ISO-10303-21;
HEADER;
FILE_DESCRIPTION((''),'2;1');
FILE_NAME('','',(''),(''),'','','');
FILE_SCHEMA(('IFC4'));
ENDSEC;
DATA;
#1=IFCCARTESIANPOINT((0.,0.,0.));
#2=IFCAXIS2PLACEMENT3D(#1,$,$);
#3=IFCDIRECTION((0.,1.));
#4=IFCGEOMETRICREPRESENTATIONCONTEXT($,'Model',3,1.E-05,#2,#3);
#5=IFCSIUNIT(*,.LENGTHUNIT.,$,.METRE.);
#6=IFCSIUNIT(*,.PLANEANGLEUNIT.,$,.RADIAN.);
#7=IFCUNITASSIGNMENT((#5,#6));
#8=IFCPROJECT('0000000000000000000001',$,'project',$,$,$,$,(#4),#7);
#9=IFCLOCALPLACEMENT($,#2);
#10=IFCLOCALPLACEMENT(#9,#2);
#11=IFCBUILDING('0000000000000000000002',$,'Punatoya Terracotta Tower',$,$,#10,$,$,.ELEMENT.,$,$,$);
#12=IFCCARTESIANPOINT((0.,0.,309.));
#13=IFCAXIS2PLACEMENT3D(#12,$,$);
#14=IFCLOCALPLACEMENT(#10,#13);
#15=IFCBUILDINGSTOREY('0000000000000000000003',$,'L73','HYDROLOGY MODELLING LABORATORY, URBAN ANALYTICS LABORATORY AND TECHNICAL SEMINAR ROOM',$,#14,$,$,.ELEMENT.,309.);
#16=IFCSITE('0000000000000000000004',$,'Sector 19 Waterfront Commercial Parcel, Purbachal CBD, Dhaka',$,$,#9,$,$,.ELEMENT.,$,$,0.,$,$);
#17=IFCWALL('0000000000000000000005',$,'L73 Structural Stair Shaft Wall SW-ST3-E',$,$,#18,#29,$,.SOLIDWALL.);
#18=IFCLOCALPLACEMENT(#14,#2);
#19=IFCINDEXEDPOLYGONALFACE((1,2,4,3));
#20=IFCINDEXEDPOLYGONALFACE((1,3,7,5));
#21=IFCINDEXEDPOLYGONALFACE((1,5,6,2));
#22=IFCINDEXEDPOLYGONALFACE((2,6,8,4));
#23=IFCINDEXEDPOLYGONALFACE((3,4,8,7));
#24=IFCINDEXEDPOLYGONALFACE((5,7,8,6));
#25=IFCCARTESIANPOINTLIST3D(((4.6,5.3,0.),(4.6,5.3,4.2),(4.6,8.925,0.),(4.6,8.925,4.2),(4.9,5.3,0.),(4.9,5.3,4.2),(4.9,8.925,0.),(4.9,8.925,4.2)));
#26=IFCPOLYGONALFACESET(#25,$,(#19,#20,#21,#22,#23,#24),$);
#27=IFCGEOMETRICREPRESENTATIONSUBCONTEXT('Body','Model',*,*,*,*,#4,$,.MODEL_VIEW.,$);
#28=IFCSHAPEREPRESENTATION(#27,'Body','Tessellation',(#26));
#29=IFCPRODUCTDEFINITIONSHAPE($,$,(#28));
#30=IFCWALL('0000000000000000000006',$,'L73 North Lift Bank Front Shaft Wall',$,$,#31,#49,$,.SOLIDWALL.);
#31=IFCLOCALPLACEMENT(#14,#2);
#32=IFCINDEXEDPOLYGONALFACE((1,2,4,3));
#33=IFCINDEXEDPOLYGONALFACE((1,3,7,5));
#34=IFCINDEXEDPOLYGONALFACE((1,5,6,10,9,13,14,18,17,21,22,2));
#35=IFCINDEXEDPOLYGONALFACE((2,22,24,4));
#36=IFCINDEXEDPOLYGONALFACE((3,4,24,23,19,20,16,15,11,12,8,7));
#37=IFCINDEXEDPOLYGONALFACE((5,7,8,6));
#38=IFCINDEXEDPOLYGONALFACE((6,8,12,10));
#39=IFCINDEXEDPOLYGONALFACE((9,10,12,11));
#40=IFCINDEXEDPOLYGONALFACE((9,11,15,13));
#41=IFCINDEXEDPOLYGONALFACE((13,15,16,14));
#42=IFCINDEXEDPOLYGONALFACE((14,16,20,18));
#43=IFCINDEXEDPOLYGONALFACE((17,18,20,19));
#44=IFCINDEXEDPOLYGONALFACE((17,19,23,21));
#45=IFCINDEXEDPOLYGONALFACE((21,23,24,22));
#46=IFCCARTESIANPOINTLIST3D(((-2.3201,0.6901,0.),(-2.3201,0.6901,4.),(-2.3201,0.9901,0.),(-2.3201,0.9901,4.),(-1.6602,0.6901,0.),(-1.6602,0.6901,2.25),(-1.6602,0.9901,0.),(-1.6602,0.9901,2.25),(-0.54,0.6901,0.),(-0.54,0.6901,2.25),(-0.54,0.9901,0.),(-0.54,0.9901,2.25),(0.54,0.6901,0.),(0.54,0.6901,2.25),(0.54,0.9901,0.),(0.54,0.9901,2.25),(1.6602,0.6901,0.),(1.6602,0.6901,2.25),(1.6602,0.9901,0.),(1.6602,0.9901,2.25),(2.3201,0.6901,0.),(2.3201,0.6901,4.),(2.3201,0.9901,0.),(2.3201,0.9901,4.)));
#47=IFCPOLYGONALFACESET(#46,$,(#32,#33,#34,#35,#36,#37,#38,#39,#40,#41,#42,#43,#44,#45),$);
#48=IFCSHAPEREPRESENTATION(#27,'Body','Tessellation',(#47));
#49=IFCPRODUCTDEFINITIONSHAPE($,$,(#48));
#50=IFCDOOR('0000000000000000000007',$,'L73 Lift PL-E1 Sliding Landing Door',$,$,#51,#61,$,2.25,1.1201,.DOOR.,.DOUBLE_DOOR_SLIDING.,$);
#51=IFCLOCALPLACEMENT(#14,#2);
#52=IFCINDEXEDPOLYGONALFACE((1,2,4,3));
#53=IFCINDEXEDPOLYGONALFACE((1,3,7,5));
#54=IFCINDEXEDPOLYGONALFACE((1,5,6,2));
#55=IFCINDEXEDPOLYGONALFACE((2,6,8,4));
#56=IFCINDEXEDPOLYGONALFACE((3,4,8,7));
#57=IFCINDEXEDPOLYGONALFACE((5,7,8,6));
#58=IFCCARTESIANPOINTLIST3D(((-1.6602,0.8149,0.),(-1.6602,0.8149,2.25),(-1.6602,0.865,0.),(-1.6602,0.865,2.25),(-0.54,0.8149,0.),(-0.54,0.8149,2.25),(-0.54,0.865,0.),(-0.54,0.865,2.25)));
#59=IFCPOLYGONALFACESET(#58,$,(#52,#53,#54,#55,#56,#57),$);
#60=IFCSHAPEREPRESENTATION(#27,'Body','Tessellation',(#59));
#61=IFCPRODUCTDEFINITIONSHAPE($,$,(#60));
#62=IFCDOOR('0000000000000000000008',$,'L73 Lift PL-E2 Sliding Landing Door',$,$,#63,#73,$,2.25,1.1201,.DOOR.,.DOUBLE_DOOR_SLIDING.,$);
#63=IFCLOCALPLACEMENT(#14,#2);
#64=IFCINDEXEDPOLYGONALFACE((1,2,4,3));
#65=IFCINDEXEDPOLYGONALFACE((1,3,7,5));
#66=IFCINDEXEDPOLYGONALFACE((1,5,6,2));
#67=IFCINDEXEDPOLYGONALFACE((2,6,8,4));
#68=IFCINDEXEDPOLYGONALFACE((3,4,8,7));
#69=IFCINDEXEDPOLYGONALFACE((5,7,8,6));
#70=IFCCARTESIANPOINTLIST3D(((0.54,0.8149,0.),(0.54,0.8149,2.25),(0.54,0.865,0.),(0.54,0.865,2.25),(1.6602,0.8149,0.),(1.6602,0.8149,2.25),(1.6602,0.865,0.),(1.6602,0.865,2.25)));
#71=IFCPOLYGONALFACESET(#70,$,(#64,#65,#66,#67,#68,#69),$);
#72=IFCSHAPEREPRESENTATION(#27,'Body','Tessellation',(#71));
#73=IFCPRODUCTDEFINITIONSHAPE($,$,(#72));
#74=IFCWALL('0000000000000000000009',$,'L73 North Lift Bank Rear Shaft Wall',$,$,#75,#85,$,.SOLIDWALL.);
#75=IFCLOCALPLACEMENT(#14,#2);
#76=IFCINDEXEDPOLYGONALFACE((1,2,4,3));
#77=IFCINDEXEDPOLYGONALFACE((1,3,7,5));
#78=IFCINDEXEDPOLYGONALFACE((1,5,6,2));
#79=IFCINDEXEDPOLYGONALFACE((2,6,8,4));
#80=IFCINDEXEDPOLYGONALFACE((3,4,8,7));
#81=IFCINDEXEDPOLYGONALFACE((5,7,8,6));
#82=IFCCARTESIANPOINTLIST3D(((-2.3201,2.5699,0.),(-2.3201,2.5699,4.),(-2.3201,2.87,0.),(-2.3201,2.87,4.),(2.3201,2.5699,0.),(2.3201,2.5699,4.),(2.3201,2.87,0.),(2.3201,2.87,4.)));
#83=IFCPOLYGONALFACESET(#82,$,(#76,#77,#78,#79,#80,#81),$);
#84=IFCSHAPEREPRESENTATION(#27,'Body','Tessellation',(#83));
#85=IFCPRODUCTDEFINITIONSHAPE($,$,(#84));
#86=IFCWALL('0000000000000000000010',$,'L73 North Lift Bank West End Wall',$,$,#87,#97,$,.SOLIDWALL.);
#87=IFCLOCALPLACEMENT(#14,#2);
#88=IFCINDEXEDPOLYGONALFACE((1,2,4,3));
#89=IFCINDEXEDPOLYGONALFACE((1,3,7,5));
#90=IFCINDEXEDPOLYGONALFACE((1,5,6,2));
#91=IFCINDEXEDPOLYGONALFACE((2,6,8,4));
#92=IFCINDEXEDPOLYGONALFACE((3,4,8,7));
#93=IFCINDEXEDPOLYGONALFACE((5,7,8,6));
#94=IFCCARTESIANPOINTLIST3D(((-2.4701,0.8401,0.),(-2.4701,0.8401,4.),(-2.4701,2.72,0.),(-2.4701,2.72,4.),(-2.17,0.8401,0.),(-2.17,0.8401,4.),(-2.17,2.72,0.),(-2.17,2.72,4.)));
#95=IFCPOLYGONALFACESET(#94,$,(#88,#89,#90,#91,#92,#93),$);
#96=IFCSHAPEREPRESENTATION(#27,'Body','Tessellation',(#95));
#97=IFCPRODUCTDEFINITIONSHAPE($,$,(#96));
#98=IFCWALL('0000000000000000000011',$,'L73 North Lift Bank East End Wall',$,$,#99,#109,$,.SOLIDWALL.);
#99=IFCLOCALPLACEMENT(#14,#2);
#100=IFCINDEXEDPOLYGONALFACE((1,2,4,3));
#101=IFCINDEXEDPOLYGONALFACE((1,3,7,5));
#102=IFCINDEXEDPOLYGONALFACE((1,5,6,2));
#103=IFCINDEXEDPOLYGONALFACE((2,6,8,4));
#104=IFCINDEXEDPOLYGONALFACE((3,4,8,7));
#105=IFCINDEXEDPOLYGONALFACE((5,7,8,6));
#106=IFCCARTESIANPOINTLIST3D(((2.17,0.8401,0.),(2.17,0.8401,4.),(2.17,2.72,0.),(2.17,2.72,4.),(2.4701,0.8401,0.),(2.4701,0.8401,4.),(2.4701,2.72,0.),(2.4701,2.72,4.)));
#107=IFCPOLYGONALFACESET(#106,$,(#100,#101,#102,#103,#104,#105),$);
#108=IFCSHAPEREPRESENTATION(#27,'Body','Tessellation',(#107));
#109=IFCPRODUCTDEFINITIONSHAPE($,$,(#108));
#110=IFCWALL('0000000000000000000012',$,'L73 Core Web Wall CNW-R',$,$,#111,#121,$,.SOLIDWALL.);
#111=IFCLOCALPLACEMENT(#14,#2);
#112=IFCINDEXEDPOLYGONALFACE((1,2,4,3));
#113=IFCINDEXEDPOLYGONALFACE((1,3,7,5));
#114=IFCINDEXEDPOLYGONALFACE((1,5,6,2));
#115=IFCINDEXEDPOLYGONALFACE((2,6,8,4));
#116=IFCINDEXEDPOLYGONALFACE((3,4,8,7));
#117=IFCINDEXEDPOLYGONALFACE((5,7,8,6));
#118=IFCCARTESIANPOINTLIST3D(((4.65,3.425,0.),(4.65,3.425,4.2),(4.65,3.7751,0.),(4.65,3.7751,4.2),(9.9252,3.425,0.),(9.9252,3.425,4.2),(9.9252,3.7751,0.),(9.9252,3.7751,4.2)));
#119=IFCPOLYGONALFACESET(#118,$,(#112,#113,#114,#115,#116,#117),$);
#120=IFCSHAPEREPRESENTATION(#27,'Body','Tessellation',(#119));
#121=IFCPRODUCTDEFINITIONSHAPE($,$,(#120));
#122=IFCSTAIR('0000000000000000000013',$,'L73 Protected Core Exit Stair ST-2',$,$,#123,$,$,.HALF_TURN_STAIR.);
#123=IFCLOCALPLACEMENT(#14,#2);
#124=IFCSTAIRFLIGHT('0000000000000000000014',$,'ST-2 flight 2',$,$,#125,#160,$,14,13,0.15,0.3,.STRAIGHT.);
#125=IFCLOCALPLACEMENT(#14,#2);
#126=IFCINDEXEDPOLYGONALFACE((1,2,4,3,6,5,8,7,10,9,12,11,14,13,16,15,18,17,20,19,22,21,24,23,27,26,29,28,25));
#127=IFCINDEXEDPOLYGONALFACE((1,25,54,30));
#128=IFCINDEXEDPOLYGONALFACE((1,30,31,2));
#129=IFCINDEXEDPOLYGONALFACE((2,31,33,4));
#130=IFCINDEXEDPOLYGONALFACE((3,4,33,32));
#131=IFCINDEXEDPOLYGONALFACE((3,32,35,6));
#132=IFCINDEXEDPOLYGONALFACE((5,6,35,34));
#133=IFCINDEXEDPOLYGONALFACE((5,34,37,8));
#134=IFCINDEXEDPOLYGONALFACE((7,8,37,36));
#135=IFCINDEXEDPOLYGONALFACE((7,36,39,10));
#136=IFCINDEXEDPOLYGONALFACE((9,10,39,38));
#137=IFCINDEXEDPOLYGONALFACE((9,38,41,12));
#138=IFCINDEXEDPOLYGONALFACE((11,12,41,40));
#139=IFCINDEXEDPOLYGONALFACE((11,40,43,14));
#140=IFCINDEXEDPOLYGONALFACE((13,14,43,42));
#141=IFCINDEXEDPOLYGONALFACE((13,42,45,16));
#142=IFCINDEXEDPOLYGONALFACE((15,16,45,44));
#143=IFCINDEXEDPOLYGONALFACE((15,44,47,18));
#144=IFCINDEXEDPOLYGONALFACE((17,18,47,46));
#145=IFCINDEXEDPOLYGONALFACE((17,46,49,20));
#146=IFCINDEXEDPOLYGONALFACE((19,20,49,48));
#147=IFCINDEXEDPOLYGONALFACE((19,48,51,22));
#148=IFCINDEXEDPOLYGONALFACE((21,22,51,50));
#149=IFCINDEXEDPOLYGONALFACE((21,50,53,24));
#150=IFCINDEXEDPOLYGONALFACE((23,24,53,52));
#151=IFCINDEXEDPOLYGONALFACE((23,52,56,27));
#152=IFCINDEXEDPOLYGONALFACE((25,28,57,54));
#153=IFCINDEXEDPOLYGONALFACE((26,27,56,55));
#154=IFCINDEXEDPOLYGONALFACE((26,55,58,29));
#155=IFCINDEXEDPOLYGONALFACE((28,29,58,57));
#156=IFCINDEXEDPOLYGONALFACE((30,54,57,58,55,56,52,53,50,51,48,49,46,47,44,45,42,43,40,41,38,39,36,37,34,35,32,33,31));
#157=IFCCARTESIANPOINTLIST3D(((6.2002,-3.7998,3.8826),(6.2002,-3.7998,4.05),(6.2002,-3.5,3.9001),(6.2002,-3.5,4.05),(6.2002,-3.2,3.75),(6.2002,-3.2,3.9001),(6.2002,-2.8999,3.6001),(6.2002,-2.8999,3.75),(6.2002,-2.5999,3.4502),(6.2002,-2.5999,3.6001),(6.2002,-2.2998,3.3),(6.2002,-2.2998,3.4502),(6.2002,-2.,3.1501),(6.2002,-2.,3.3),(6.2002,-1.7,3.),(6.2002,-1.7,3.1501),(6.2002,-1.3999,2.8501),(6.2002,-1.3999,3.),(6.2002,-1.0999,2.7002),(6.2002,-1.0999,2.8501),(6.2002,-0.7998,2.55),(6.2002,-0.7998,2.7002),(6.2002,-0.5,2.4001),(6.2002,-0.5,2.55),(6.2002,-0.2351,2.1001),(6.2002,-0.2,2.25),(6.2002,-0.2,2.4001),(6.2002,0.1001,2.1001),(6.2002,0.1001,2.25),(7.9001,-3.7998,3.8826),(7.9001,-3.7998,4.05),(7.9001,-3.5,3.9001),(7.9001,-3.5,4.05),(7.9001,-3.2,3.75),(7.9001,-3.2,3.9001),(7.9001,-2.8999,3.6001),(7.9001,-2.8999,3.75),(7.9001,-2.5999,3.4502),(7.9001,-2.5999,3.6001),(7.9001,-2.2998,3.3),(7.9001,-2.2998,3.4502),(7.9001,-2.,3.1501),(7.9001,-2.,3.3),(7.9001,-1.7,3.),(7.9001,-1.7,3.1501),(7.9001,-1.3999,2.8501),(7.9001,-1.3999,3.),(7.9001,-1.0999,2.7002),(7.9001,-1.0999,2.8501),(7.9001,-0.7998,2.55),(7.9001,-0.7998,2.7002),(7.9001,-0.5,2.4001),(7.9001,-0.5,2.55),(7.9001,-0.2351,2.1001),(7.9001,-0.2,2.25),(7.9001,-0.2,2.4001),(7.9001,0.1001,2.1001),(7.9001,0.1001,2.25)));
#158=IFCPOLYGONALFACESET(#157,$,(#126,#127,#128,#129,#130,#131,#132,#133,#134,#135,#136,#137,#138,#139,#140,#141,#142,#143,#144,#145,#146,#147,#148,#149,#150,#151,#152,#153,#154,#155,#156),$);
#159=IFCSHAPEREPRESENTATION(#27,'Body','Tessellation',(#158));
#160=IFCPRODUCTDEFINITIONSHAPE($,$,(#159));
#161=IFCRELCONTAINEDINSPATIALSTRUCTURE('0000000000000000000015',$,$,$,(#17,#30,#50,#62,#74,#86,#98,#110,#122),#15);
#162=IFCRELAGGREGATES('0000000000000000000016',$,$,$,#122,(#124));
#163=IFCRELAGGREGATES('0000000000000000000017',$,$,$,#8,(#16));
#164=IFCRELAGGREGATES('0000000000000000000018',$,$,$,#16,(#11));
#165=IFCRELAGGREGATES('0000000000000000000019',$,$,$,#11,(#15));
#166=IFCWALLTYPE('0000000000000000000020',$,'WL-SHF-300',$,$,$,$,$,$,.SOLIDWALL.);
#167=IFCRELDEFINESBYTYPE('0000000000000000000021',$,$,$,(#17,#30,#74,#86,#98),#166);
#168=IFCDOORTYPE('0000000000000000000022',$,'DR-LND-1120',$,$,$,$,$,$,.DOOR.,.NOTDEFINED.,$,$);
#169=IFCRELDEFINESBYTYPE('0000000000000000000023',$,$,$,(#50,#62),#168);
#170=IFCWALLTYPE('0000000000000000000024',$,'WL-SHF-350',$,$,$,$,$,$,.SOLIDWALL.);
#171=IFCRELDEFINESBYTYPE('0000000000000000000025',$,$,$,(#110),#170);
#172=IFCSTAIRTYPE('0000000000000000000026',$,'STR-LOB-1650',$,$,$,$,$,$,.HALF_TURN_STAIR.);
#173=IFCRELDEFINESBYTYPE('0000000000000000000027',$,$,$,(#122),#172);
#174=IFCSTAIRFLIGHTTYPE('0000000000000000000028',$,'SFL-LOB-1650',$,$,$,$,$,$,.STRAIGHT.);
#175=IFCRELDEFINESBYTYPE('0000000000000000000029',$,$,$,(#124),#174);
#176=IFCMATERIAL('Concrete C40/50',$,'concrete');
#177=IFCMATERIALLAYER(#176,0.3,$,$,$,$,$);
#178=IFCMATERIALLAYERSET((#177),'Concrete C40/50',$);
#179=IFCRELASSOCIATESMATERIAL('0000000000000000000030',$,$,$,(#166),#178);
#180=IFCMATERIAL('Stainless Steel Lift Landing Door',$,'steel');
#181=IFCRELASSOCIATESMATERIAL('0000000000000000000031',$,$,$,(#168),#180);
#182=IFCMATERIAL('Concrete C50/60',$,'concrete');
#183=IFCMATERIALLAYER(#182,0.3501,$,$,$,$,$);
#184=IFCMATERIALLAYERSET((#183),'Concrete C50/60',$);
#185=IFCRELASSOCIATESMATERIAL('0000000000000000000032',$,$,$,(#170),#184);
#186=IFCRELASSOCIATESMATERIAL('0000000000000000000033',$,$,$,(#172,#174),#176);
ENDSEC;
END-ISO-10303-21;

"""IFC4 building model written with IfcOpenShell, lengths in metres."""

from ifc_helpers import new_model, si_unit, direction, frame, frame_2d, origin, place, context, subcontext, project, spatial, polyline, rectangle, outline, extrude, material, layer, layer_set, type_object, element, fill, aggregate, save


model = new_model("IFC4")

# Units and contexts
model_context = context("Model", 3, precision=1e-05, world=origin(), true_north=direction((0.0, 1.0)))
body_context = subcontext(model_context, "Body", "Model", "MODEL_VIEW")
ifc_project = project(units=[si_unit("LENGTHUNIT", "METRE"), si_unit("PLANEANGLEUNIT", "RADIAN")], contexts=[model_context])

# Site, building, storey
site_placement = place(None, origin())
site = spatial("IfcSite", under=ifc_project, at=site_placement, Name="Sector 19 Waterfront Commercial Parcel, Purbachal CBD, Dhaka", CompositionType="ELEMENT", RefElevation=0.0)
building_placement = place(site_placement, origin())
building = spatial("IfcBuilding", under=site, at=building_placement, Name="Punatoya Terracotta Tower", CompositionType="ELEMENT")
storey_placement = place(building_placement, frame((0.0, 0.0, 309.0)))
storey = spatial("IfcBuildingStorey", under=building, at=storey_placement, Name="L73", Description="HYDROLOGY MODELLING LABORATORY, URBAN ANALYTICS LABORATORY AND TECHNICAL SEMINAR ROOM", CompositionType="ELEMENT", Elevation=309.0)

# Shared definitions
ifc_material_1 = material(Name="Concrete C40/50", Category="concrete")

# Wall
ifc_layer_1 = layer(ifc_material_1, 0.3)
ifc_layer_set_1 = layer_set([ifc_layer_1], Name="Concrete C40/50")
wall_type_1 = type_object("IfcWallType", Name="WL-SHF-300", PredefinedType="SOLIDWALL", material=ifc_layer_set_1)
wall_1_placement = place(storey_placement, frame((4.75, 8.925, 0.0), z_axis=(0.0, 0.0, 1.0), x_axis=(0.0, -1.0, 0.0)))
element("IfcWall", 1, at=wall_1_placement, inside=storey, type_object=wall_type_1, Name="L73 Structural Stair Shaft Wall SW-ST3-E", PredefinedType="SOLIDWALL", context=body_context, shape_type="SweptSolid", body=[
    extrude(rectangle(XDim=3.625, YDim=0.3, at=frame_2d((1.8125, 0.0))), origin(), (0.0, 0.0, 1.0), 4.2),
])

# Wall, openings, doors
wall_2_placement = place(storey_placement, frame((-2.3201, 0.8401, 0.0), z_axis=(0.0, 0.0, 1.0), x_axis=(1.0, 0.0, 0.0)))
wall_2 = element("IfcWall", 2, at=wall_2_placement, inside=storey, type_object=wall_type_1, Name="L73 North Lift Bank Front Shaft Wall", PredefinedType="SOLIDWALL", context=body_context, shape_type="SweptSolid", body=[
    extrude(rectangle(XDim=4.6401, YDim=0.3, at=frame_2d((2.3201, 0.0))), origin(), (0.0, 0.0, 1.0), 4.0),
])
opening_1_placement = place(wall_2_placement, frame((0.6599, 0.0, 0.0)))
opening_1 = element("IfcOpeningElement", 3, at=opening_1_placement, cuts=wall_2, PredefinedType="OPENING", context=body_context, shape_type="SweptSolid", body=[
    extrude(rectangle(XDim=1.1201, YDim=2.25, at=frame_2d((0.5601, 1.125))), frame((0.0, 0.1599, 0.0), z_axis=(0.0, -1.0, 0.0), x_axis=(1.0, 0.0, 0.0)), (0.0, 0.0, 1.0), 0.3201),
])
opening_2_placement = place(wall_2_placement, frame((2.8601, 0.0, 0.0)))
opening_2 = element("IfcOpeningElement", 4, at=opening_2_placement, cuts=wall_2, PredefinedType="OPENING", context=body_context, shape_type="SweptSolid", body=[
    extrude(rectangle(XDim=1.1201, YDim=2.25, at=frame_2d((0.5601, 1.125))), frame((0.0, 0.1599, 0.0), z_axis=(0.0, -1.0, 0.0), x_axis=(1.0, 0.0, 0.0)), (0.0, 0.0, 1.0), 0.3201),
])
ifc_material_2 = material(Name="Stainless Steel Lift Landing Door", Category="steel")
door_type_1 = type_object("IfcDoorType", Name="DR-LND-1120", OperationType="NOTDEFINED", PredefinedType="DOOR", material=ifc_material_2)
door_1_placement = place(opening_1_placement, origin())
door_1 = element("IfcDoor", 5, at=door_1_placement, inside=storey, type_object=door_type_1, Name="L73 Lift PL-E1 Sliding Landing Door", OperationType="DOUBLE_DOOR_SLIDING", OverallHeight=2.25, OverallWidth=1.1201, PredefinedType="DOOR", context=body_context, shape_type="SweptSolid", body=[
    extrude(rectangle(XDim=1.1201, YDim=2.25, at=frame_2d((0.5601, 1.125))), frame((0.0, 0.0249, 0.0), z_axis=(0.0, -1.0, 0.0), x_axis=(1.0, 0.0, 0.0)), (0.0, 0.0, 1.0), 0.05),
])
fill(opening_1, door_1)
door_2_placement = place(opening_2_placement, origin())
door_2 = element("IfcDoor", 6, at=door_2_placement, inside=storey, type_object=door_type_1, Name="L73 Lift PL-E2 Sliding Landing Door", OperationType="DOUBLE_DOOR_SLIDING", OverallHeight=2.25, OverallWidth=1.1201, PredefinedType="DOOR", context=body_context, shape_type="SweptSolid", body=[
    extrude(rectangle(XDim=1.1201, YDim=2.25, at=frame_2d((0.5601, 1.125))), frame((0.0, 0.0249, 0.0), z_axis=(0.0, -1.0, 0.0), x_axis=(1.0, 0.0, 0.0)), (0.0, 0.0, 1.0), 0.05),
])
fill(opening_2, door_2)

# Walls
wall_3_placement = place(storey_placement, frame((-2.3201, 2.72, 0.0), z_axis=(0.0, 0.0, 1.0), x_axis=(1.0, 0.0, 0.0)))
element("IfcWall", 7, at=wall_3_placement, inside=storey, type_object=wall_type_1, Name="L73 North Lift Bank Rear Shaft Wall", PredefinedType="SOLIDWALL", context=body_context, shape_type="SweptSolid", body=[
    extrude(rectangle(XDim=4.6401, YDim=0.3, at=frame_2d((2.3201, 0.0))), origin(), (0.0, 0.0, 1.0), 4.0),
])
for number, where, z_axis, x_axis, name in (
    (8, (-2.3201, 0.8401, 0.0), (0.0, 0.0, 1.0), (0.0, 1.0, 0.0), "L73 North Lift Bank West End Wall"),
    (9, (2.3201, 0.8401, 0.0), (0.0, 0.0, 1.0), (0.0, 1.0, 0.0), "L73 North Lift Bank East End Wall"),
):
    element("IfcWall", number, at=place(storey_placement, frame(where, z_axis=z_axis, x_axis=x_axis)), inside=storey, type_object=wall_type_1, Name=name, PredefinedType="SOLIDWALL", context=body_context, shape_type="SweptSolid", body=[
        extrude(rectangle(XDim=1.8799, YDim=0.3, at=frame_2d((0.9399, 0.0))), origin(), (0.0, 0.0, 1.0), 4.0),
    ])
ifc_material_3 = material(Name="Concrete C50/60", Category="concrete")
ifc_layer_2 = layer(ifc_material_3, 0.3501)
ifc_layer_set_2 = layer_set([ifc_layer_2], Name="Concrete C50/60")
wall_type_2 = type_object("IfcWallType", Name="WL-SHF-350", PredefinedType="SOLIDWALL", material=ifc_layer_set_2)
wall_4_placement = place(storey_placement, frame((4.6499, 3.6001, 0.0), z_axis=(0.0, 0.0, 1.0), x_axis=(1.0, 0.0, 0.0)))
element("IfcWall", 10, at=wall_4_placement, inside=storey, type_object=wall_type_2, Name="L73 Core Web Wall CNW-R", PredefinedType="SOLIDWALL", context=body_context, shape_type="SweptSolid", body=[
    extrude(rectangle(XDim=5.2751, YDim=0.3501, at=frame_2d((2.6377, 0.0))), origin(), (0.0, 0.0, 1.0), 4.2),
])

# Stair, stair flight
stair_type_1 = type_object("IfcStairType", Name="STR-LOB-1650", PredefinedType="HALF_TURN_STAIR", material=ifc_material_1)
stair_1_placement = place(storey_placement, origin())
stair_1 = element("IfcStair", 11, at=stair_1_placement, inside=storey, type_object=stair_type_1, Name="L73 Protected Core Exit Stair ST-2", PredefinedType="HALF_TURN_STAIR")
stair_flight_type_1 = type_object("IfcStairFlightType", Name="SFL-LOB-1650", PredefinedType="STRAIGHT", material=ifc_material_1)
stair_flight_1_placement = place(storey_placement, frame((7.05, 0.1001, 2.1001), z_axis=(0.0, 0.0, 1.0), x_axis=(0.0, -1.0, 0.0)))
stair_flight_1 = element("IfcStairFlight", 12, at=stair_flight_1_placement, type_object=stair_flight_type_1, Name="ST-2 flight 2", NumberOfRisers=14, NumberOfTreads=13, PredefinedType="STRAIGHT", RiserHeight=0.15, TreadLength=0.3, context=body_context, shape_type="SweptSolid", body=[
    extrude(outline(polyline([(0.0, 0.0), (0.0, 0.1499), (0.3, 0.1499), (0.3, 0.3), (0.6001, 0.3), (0.6001, 0.45), (0.8999, 0.45), (0.8999, 0.6001), (1.2, 0.6001), (1.2, 0.75), (1.5, 0.75), (1.5, 0.8999), (1.8, 0.8999), (1.8, 1.05), (2.1001, 1.05), (2.1001, 1.2), (2.3999, 1.2), (2.3999, 1.3501), (2.7, 1.3501), (2.7, 1.5), (3.0, 1.5), (3.0, 1.6499), (3.3, 1.6499), (3.3, 1.8), (3.6001, 1.8), (3.6001, 1.95), (3.8999, 1.95), (3.8999, 2.1001), (3.8999, 1.7825), (0.3352, 0.0), (0.0, 0.0)])), frame((0.0, 0.8501, 0.0), z_axis=(0.0, -1.0, 0.0), x_axis=(1.0, 0.0, 0.0)), (0.0, 0.0, 1.0), 1.7),
])
aggregate(stair_1, [stair_flight_1])

save(model, "model.ifc")
